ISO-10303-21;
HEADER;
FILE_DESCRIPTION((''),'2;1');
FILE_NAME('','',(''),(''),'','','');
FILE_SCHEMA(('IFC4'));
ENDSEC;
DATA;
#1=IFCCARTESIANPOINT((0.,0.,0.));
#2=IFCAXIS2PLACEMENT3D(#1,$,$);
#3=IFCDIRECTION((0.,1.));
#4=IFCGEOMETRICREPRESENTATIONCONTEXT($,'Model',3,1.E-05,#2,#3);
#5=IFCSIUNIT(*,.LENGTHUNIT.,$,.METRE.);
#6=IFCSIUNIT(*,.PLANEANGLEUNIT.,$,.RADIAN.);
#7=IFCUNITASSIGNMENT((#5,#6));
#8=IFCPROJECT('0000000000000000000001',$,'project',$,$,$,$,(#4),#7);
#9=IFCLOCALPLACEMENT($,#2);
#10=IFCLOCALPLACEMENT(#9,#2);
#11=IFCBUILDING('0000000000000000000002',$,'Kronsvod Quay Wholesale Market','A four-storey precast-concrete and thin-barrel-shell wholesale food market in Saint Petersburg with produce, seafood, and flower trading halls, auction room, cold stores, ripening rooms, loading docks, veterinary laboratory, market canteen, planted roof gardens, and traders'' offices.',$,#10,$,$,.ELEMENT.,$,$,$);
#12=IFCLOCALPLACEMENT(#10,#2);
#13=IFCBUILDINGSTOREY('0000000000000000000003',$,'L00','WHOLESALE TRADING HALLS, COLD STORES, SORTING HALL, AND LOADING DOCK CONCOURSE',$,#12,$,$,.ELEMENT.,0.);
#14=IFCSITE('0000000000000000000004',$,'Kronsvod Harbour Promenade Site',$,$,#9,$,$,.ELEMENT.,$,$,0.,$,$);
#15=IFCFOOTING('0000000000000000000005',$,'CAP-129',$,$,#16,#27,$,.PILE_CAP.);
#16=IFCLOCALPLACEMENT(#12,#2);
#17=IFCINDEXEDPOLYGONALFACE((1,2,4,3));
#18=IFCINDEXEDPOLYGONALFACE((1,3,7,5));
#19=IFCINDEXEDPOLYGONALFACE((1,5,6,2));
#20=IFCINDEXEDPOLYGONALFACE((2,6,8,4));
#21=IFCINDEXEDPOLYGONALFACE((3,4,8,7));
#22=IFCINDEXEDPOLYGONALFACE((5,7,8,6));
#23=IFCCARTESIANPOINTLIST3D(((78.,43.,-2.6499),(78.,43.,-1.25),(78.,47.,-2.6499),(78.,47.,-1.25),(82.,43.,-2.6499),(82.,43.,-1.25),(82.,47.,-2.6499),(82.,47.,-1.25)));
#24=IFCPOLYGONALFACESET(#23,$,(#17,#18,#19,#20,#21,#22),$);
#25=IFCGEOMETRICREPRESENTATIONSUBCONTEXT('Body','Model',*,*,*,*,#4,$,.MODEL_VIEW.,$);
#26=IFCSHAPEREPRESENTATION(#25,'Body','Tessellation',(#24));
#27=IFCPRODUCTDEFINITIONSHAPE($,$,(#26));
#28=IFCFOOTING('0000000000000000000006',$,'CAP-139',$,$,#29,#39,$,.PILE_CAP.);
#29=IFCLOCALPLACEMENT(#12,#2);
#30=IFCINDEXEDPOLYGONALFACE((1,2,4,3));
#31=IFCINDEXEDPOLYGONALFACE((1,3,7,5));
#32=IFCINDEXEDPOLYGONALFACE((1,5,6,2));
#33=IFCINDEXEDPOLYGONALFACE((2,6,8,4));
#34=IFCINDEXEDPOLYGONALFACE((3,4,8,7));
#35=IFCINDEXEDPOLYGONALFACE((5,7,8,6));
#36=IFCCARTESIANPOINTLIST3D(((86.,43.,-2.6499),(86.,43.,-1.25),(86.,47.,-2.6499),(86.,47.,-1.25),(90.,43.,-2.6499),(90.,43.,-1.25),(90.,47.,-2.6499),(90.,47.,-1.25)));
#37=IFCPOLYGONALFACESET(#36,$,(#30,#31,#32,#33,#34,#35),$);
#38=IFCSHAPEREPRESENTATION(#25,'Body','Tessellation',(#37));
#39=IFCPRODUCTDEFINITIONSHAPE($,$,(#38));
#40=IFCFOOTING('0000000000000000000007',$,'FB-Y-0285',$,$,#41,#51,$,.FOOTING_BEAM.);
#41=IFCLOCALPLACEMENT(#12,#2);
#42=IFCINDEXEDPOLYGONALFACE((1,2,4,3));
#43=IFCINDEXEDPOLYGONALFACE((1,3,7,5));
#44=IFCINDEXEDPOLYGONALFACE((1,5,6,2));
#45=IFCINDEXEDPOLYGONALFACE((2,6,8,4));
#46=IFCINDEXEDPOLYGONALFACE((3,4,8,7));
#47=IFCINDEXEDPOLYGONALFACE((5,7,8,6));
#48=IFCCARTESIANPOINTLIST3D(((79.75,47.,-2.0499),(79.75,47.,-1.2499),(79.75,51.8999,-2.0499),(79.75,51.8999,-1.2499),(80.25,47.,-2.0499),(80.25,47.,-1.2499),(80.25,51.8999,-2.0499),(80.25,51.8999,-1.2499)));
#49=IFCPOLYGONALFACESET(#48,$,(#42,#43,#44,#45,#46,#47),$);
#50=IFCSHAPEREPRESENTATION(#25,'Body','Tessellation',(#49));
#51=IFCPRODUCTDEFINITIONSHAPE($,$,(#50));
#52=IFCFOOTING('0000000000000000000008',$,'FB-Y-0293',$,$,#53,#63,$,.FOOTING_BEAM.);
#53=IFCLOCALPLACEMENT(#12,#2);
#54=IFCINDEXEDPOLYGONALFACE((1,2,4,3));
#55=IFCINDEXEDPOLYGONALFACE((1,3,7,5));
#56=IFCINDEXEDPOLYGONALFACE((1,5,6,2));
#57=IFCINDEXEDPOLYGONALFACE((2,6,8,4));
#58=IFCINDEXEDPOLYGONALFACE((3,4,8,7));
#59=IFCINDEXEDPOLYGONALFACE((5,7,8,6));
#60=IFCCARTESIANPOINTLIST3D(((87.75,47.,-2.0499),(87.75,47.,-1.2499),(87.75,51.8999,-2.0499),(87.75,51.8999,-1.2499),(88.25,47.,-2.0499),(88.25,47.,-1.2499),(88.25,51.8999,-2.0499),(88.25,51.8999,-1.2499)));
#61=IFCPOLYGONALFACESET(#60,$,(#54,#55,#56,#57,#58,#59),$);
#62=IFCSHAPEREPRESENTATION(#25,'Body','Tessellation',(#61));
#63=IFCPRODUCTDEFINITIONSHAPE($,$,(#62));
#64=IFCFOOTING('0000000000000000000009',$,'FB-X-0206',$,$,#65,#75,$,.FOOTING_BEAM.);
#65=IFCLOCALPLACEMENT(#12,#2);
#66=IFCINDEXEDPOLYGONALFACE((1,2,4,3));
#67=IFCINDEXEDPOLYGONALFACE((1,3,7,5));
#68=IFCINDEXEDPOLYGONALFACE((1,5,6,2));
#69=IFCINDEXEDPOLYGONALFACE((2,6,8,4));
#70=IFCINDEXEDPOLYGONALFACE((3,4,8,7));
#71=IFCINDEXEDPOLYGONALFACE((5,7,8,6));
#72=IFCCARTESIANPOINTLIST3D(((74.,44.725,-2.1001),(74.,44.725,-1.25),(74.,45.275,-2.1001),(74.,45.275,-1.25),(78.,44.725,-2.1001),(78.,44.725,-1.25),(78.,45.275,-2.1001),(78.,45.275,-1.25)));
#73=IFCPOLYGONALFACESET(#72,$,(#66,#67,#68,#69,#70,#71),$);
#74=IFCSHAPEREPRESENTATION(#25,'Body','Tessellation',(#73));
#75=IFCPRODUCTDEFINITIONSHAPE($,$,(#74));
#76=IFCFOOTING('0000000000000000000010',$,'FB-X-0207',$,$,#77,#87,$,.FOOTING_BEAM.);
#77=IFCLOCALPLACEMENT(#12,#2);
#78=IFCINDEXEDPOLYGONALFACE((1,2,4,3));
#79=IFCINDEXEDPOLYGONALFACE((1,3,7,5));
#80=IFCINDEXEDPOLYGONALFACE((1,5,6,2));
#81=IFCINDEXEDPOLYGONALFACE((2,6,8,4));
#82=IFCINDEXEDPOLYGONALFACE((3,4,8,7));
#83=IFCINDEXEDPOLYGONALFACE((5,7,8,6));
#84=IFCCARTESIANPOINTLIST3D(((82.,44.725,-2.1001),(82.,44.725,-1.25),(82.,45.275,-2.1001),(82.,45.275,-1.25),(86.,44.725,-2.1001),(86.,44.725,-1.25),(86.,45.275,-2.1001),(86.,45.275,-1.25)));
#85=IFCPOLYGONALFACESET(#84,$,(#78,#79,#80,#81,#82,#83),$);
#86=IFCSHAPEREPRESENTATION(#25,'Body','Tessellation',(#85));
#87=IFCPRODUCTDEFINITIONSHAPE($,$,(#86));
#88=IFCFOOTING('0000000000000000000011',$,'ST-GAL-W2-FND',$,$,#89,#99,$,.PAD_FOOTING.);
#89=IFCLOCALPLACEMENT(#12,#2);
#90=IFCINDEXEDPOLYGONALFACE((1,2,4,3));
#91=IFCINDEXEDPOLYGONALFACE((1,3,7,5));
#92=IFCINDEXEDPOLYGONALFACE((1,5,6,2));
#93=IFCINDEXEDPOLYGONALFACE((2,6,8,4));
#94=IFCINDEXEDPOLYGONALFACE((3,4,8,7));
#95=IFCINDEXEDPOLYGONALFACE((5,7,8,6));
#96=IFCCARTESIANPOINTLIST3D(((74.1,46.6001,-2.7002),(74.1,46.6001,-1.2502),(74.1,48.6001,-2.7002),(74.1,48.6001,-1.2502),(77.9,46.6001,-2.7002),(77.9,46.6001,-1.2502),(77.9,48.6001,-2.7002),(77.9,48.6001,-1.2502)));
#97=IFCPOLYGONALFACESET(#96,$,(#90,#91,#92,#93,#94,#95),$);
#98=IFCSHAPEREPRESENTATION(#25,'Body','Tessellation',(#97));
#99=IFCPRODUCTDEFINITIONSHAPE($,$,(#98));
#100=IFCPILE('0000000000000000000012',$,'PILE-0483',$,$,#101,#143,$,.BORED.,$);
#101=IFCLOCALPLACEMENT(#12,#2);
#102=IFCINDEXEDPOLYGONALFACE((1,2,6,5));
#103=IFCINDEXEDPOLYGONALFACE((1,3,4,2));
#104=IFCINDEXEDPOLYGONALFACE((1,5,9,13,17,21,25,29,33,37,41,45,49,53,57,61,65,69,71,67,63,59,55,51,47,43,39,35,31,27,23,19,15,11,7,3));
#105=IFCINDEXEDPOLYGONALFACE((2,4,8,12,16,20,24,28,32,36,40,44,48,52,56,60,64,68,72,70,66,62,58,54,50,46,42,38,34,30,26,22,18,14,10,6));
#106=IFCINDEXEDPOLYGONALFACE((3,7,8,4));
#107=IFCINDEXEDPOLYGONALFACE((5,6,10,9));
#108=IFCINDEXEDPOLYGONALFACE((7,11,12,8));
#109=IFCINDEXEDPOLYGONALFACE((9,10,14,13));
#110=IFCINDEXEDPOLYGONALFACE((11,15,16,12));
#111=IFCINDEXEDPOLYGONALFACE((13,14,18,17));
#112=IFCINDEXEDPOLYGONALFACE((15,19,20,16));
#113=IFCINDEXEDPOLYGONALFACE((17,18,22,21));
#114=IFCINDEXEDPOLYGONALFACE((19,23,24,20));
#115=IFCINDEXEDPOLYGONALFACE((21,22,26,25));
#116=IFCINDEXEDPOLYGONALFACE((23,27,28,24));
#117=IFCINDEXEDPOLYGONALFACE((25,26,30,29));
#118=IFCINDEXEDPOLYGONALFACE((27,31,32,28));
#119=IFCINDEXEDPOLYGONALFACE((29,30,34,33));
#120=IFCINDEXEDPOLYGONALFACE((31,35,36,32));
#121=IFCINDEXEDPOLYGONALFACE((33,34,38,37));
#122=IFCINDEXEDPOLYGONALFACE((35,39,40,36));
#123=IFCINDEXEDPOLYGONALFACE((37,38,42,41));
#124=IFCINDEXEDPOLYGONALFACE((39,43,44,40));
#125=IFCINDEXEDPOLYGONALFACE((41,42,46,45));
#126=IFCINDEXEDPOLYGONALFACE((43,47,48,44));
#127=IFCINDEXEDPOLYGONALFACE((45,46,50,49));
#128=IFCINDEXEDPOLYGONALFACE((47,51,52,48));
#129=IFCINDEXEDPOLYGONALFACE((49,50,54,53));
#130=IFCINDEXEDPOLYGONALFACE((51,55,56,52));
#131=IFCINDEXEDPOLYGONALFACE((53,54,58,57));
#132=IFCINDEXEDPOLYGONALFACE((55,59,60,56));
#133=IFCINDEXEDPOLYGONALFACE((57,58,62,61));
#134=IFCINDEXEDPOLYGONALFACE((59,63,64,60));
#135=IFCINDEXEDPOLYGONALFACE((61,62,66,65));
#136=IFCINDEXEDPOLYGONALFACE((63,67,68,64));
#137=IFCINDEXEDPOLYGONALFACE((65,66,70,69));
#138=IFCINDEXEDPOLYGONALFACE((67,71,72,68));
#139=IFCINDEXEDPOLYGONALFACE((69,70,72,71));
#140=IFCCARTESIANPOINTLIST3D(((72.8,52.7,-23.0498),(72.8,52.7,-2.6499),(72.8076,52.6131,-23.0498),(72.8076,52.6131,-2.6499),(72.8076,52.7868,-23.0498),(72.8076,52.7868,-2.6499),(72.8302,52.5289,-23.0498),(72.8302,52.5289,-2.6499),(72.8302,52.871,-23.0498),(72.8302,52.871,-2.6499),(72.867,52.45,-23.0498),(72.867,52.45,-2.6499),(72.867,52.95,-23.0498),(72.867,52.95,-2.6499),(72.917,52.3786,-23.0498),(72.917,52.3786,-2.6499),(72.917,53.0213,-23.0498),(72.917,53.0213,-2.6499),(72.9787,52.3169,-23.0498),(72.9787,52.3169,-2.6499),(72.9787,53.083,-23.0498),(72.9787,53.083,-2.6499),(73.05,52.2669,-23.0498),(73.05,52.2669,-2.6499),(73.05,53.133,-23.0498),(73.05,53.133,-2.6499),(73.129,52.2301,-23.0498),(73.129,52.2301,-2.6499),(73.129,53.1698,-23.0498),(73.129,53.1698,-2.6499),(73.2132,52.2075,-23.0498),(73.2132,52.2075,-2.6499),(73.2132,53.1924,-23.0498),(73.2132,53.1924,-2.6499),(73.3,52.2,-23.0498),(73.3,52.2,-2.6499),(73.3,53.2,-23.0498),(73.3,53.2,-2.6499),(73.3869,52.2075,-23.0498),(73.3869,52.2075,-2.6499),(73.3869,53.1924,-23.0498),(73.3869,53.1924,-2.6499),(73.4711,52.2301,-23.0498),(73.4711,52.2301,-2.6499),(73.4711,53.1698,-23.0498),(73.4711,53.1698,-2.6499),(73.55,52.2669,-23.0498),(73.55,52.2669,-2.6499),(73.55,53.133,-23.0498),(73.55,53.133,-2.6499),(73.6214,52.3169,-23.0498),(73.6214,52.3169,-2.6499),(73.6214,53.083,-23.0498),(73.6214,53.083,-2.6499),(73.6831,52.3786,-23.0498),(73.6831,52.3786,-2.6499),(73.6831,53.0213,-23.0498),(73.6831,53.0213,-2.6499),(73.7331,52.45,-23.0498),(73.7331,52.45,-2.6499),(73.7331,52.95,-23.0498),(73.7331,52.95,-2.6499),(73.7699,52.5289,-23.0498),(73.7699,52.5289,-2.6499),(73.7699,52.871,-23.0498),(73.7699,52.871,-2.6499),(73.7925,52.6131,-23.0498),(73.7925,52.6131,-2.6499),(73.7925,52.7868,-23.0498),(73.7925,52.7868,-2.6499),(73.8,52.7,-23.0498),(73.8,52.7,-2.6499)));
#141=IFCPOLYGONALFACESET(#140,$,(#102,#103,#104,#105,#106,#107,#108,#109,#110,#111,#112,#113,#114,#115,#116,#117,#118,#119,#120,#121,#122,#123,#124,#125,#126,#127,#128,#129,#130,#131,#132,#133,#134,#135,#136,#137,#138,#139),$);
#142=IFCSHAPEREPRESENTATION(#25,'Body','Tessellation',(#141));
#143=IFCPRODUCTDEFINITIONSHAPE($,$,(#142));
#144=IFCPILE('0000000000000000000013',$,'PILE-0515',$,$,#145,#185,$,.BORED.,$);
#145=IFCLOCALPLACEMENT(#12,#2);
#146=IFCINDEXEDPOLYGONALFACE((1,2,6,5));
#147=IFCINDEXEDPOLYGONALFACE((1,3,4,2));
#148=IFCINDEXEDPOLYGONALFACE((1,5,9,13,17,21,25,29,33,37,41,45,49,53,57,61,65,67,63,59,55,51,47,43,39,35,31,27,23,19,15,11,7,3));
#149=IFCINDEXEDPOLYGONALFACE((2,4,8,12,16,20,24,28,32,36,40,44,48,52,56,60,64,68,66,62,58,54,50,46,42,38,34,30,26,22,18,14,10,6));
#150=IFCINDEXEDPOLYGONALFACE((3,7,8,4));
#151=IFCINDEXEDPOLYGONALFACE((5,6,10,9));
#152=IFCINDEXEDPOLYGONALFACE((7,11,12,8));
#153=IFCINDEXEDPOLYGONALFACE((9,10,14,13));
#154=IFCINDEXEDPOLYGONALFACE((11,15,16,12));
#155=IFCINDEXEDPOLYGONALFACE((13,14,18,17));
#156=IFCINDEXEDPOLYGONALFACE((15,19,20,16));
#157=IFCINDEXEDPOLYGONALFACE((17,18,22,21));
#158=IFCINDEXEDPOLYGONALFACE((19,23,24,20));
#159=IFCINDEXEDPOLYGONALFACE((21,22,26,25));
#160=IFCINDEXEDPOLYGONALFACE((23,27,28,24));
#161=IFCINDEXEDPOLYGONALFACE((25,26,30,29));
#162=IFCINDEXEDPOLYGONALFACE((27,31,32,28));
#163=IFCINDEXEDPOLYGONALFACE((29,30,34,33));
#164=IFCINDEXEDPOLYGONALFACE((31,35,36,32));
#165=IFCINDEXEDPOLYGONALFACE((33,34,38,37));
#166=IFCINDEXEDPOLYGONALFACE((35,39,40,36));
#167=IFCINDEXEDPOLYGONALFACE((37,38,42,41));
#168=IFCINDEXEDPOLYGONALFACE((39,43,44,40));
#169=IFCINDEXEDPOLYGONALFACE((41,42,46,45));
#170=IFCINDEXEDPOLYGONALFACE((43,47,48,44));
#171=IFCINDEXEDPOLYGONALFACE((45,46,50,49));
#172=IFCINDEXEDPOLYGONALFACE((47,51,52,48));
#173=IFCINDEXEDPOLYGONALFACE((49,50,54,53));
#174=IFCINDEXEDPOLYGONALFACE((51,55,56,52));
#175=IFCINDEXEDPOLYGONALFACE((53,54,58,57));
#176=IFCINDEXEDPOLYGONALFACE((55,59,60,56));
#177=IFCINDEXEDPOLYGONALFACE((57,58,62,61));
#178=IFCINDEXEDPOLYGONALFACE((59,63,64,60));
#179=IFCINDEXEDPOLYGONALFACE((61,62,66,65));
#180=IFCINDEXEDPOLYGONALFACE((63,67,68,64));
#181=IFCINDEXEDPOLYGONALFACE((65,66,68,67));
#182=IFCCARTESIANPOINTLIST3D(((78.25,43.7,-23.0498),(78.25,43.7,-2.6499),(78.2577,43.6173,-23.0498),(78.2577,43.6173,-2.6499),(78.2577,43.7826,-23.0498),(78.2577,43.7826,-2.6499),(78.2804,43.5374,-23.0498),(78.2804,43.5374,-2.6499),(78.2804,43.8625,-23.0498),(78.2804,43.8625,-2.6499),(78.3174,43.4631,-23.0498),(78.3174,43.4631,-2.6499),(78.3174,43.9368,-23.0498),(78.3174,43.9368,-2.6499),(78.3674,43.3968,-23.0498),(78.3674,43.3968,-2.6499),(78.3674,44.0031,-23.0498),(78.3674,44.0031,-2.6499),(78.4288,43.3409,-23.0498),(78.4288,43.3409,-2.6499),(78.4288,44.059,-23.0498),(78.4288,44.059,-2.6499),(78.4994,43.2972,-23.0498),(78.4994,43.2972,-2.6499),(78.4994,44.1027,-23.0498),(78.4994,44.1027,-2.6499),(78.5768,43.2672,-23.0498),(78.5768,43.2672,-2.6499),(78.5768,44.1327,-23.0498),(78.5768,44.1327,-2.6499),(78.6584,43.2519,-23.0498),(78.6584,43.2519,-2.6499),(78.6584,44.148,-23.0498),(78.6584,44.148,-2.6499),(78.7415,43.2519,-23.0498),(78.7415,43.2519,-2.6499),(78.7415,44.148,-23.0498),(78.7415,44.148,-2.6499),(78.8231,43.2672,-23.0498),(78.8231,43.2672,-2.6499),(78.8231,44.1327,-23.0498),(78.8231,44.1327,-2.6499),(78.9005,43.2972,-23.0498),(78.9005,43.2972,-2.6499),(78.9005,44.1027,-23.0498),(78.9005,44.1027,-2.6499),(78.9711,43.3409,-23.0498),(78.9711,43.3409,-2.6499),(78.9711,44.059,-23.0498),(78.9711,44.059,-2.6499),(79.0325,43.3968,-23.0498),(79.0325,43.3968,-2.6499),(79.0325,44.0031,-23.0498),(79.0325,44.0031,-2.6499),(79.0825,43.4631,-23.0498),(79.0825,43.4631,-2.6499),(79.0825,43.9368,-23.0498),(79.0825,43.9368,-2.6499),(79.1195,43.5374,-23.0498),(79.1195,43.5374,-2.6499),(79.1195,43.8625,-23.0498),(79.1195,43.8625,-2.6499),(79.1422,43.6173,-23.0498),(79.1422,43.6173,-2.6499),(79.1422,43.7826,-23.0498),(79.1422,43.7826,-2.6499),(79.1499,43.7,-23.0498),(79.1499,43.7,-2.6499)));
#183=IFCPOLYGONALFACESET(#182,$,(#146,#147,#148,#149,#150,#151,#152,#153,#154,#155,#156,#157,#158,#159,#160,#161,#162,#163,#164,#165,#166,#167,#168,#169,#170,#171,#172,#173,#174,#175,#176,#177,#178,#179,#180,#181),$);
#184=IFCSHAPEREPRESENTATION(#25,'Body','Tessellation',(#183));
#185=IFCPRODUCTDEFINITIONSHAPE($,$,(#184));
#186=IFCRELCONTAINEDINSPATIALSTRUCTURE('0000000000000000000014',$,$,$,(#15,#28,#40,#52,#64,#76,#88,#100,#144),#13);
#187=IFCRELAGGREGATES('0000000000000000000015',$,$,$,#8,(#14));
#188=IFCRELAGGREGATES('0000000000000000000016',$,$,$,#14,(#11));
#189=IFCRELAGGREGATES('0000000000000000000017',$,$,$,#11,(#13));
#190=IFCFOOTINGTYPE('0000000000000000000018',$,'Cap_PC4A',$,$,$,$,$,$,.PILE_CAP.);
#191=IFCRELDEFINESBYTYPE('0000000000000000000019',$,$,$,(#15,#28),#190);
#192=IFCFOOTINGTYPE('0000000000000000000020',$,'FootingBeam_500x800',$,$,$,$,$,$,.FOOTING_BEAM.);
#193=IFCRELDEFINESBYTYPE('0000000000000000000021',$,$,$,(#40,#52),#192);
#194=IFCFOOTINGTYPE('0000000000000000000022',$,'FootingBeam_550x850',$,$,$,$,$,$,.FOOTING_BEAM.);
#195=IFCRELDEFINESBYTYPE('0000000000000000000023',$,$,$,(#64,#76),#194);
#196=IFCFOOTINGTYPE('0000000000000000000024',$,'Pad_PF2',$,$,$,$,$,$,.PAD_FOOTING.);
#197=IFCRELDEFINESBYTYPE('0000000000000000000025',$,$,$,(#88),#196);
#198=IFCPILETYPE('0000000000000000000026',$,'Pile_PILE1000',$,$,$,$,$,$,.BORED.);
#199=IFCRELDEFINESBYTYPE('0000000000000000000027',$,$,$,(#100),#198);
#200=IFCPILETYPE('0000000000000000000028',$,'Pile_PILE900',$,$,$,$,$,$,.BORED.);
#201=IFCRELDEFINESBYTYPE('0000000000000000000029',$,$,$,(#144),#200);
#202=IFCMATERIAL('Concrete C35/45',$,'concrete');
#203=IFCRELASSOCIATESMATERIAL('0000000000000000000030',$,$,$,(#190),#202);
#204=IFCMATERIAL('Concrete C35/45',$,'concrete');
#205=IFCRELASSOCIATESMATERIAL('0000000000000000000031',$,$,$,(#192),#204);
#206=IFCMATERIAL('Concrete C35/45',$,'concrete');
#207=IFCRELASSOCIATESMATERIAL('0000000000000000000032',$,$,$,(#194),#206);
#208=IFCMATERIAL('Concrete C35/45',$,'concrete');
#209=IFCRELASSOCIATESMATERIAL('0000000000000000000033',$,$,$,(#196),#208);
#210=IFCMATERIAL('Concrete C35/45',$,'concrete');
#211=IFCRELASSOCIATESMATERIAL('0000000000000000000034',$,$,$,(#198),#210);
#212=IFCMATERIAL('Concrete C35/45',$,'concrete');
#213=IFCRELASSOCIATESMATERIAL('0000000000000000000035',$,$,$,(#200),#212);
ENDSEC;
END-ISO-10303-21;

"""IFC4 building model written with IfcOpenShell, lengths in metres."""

from ifc_helpers import new_model, si_unit, direction, frame, origin, origin_2d, place, context, subcontext, project, spatial, rectangle, circle, extrude, material, material_profile, profile_set, type_object, element, save


model = new_model("IFC4")

# Units and contexts
model_context = context("Model", 3, precision=1e-05, world=origin(), true_north=direction((0.0, 1.0)))
body_context = subcontext(model_context, "Body", "Model", "MODEL_VIEW")
ifc_project = project(units=[si_unit("LENGTHUNIT", "METRE"), si_unit("PLANEANGLEUNIT", "RADIAN")], contexts=[model_context])

# Site, building, storey
site_placement = place(None, origin())
site = spatial("IfcSite", under=ifc_project, at=site_placement, Name="Kronsvod Harbour Promenade Site", CompositionType="ELEMENT", RefElevation=0.0)
building_placement = place(site_placement, origin())
building = spatial("IfcBuilding", under=site, at=building_placement, Name="Kronsvod Quay Wholesale Market", Description="A four-storey precast-concrete and thin-barrel-shell wholesale food market in Saint Petersburg with produce, seafood, and flower trading halls, auction room, cold stores, ripening rooms, loading docks, veterinary laboratory, market canteen, planted roof gardens, and traders' offices.", CompositionType="ELEMENT")
storey_placement = place(building_placement, origin())
storey = spatial("IfcBuildingStorey", under=building, at=storey_placement, Name="L00", Description="WHOLESALE TRADING HALLS, COLD STORES, SORTING HALL, AND LOADING DOCK CONCOURSE", CompositionType="ELEMENT", Elevation=0.0)

# Footings
ifc_material_1 = material(Name="Concrete C35/45", Category="concrete")
footing_type_1 = type_object("IfcFootingType", Name="Cap_PC4A", PredefinedType="PILE_CAP", material=ifc_material_1)
for number, where, z_axis, x_axis, name in (
    (1, (80.0, 45.0, -2.6499), (0.0, 0.0, 1.0), (1.0, 0.0, 0.0), "CAP-129"),
    (2, (88.0, 45.0, -2.6499), (0.0, 0.0, 1.0), (1.0, 0.0, 0.0), "CAP-139"),
):
    element("IfcFooting", number, at=place(storey_placement, frame(where, z_axis=z_axis, x_axis=x_axis)), inside=storey, type_object=footing_type_1, Name=name, PredefinedType="PILE_CAP", context=body_context, shape_type="SweptSolid", body=[
        extrude(rectangle(XDim=4.0, YDim=4.0, at=origin_2d()), origin(), (0.0, 0.0, 1.0), 1.3999),
    ])
ifc_material_2 = material(Name="Concrete C35/45", Category="concrete")
ifc_material_profile_1 = material_profile(ifc_material_2, rectangle(XDim=0.5, YDim=0.8, at=origin_2d()), Name="FB-01")
ifc_profile_set_1 = profile_set([ifc_material_profile_1], Name="Concrete C35/45")
footing_type_2 = type_object("IfcFootingType", Name="FootingBeam_500x800", PredefinedType="FOOTING_BEAM", material=ifc_profile_set_1)
for number, where, z_axis, x_axis, name in (
    (3, (80.0, 47.0, -1.6499), (0.0, 1.0, 0.0), (-1.0, 0.0, 0.0), "FB-Y-0285"),
    (4, (88.0, 47.0, -1.6499), (0.0, 1.0, 0.0), (-1.0, 0.0, 0.0), "FB-Y-0293"),
):
    element("IfcFooting", number, at=place(storey_placement, frame(where, z_axis=z_axis, x_axis=x_axis)), inside=storey, type_object=footing_type_2, Name=name, PredefinedType="FOOTING_BEAM", context=body_context, shape_type="SweptSolid", body=[
        extrude(rectangle(XDim=0.5, YDim=0.8, at=origin_2d()), origin(), (0.0, 0.0, 1.0), 4.8999),
    ])
ifc_material_3 = material(Name="Concrete C35/45", Category="concrete")
ifc_material_profile_2 = material_profile(ifc_material_3, rectangle(XDim=0.55, YDim=0.8501, at=origin_2d()), Name="FB-03")
ifc_profile_set_2 = profile_set([ifc_material_profile_2], Name="Concrete C35/45")
footing_type_3 = type_object("IfcFootingType", Name="FootingBeam_550x850", PredefinedType="FOOTING_BEAM", material=ifc_profile_set_2)
for number, where, z_axis, x_axis, name in (
    (5, (74.0, 45.0, -1.675), (1.0, 0.0, 0.0), (0.0, 1.0, 0.0), "FB-X-0206"),
    (6, (82.0, 45.0, -1.675), (1.0, 0.0, 0.0), (0.0, 1.0, 0.0), "FB-X-0207"),
):
    element("IfcFooting", number, at=place(storey_placement, frame(where, z_axis=z_axis, x_axis=x_axis)), inside=storey, type_object=footing_type_3, Name=name, PredefinedType="FOOTING_BEAM", context=body_context, shape_type="SweptSolid", body=[
        extrude(rectangle(XDim=0.55, YDim=0.8501, at=origin_2d()), origin(), (0.0, 0.0, 1.0), 4.0),
    ])
ifc_material_4 = material(Name="Concrete C35/45", Category="concrete")
footing_type_4 = type_object("IfcFootingType", Name="Pad_PF2", PredefinedType="PAD_FOOTING", material=ifc_material_4)
footing_placement = place(storey_placement, frame((76.0, 47.6001, -2.7002), z_axis=(0.0, 0.0, 1.0), x_axis=(1.0, 0.0, 0.0)))
element("IfcFooting", 7, at=footing_placement, inside=storey, type_object=footing_type_4, Name="ST-GAL-W2-FND", PredefinedType="PAD_FOOTING", context=body_context, shape_type="SweptSolid", body=[
    extrude(rectangle(XDim=3.8, YDim=2.0, at=origin_2d()), origin(), (0.0, 0.0, 1.0), 1.45),
])

# Piles
ifc_material_5 = material(Name="Concrete C35/45", Category="concrete")
ifc_material_profile_3 = material_profile(ifc_material_5, circle(Radius=0.5, at=origin_2d()), Name="PILE1000")
ifc_profile_set_3 = profile_set([ifc_material_profile_3], Name="Concrete C35/45")
pile_type_1 = type_object("IfcPileType", Name="Pile_PILE1000", PredefinedType="BORED", material=ifc_profile_set_3)
pile_placement = place(storey_placement, frame((73.3, 52.7, -2.6499), z_axis=(0.0, 0.0, -1.0), x_axis=(1.0, 0.0, 0.0)))
element("IfcPile", 8, at=pile_placement, inside=storey, type_object=pile_type_1, Name="PILE-0483", PredefinedType="BORED", context=body_context, shape_type="SweptSolid", body=[
    extrude(circle(Radius=0.5, at=origin_2d()), origin(), (0.0, 0.0, 1.0), 20.3999),
])
ifc_material_6 = material(Name="Concrete C35/45", Category="concrete")
ifc_material_profile_4 = material_profile(ifc_material_6, circle(Radius=0.45, at=origin_2d()), Name="PILE900")
ifc_profile_set_4 = profile_set([ifc_material_profile_4], Name="Concrete C35/45")
pile_type_2 = type_object("IfcPileType", Name="Pile_PILE900", PredefinedType="BORED", material=ifc_profile_set_4)
for number, where, z_axis, x_axis, name in (
    (9, (78.7, 43.7, -2.6499), (0.0, 0.0, -1.0), (1.0, 0.0, 0.0), "PILE-0515"),
):
    element("IfcPile", number, at=place(storey_placement, frame(where, z_axis=z_axis, x_axis=x_axis)), inside=storey, type_object=pile_type_2, Name=name, PredefinedType="BORED", context=body_context, shape_type="SweptSolid", body=[
        extrude(circle(Radius=0.45, at=origin_2d()), origin(), (0.0, 0.0, 1.0), 20.3999),
    ])

save(model, "model.ifc")
